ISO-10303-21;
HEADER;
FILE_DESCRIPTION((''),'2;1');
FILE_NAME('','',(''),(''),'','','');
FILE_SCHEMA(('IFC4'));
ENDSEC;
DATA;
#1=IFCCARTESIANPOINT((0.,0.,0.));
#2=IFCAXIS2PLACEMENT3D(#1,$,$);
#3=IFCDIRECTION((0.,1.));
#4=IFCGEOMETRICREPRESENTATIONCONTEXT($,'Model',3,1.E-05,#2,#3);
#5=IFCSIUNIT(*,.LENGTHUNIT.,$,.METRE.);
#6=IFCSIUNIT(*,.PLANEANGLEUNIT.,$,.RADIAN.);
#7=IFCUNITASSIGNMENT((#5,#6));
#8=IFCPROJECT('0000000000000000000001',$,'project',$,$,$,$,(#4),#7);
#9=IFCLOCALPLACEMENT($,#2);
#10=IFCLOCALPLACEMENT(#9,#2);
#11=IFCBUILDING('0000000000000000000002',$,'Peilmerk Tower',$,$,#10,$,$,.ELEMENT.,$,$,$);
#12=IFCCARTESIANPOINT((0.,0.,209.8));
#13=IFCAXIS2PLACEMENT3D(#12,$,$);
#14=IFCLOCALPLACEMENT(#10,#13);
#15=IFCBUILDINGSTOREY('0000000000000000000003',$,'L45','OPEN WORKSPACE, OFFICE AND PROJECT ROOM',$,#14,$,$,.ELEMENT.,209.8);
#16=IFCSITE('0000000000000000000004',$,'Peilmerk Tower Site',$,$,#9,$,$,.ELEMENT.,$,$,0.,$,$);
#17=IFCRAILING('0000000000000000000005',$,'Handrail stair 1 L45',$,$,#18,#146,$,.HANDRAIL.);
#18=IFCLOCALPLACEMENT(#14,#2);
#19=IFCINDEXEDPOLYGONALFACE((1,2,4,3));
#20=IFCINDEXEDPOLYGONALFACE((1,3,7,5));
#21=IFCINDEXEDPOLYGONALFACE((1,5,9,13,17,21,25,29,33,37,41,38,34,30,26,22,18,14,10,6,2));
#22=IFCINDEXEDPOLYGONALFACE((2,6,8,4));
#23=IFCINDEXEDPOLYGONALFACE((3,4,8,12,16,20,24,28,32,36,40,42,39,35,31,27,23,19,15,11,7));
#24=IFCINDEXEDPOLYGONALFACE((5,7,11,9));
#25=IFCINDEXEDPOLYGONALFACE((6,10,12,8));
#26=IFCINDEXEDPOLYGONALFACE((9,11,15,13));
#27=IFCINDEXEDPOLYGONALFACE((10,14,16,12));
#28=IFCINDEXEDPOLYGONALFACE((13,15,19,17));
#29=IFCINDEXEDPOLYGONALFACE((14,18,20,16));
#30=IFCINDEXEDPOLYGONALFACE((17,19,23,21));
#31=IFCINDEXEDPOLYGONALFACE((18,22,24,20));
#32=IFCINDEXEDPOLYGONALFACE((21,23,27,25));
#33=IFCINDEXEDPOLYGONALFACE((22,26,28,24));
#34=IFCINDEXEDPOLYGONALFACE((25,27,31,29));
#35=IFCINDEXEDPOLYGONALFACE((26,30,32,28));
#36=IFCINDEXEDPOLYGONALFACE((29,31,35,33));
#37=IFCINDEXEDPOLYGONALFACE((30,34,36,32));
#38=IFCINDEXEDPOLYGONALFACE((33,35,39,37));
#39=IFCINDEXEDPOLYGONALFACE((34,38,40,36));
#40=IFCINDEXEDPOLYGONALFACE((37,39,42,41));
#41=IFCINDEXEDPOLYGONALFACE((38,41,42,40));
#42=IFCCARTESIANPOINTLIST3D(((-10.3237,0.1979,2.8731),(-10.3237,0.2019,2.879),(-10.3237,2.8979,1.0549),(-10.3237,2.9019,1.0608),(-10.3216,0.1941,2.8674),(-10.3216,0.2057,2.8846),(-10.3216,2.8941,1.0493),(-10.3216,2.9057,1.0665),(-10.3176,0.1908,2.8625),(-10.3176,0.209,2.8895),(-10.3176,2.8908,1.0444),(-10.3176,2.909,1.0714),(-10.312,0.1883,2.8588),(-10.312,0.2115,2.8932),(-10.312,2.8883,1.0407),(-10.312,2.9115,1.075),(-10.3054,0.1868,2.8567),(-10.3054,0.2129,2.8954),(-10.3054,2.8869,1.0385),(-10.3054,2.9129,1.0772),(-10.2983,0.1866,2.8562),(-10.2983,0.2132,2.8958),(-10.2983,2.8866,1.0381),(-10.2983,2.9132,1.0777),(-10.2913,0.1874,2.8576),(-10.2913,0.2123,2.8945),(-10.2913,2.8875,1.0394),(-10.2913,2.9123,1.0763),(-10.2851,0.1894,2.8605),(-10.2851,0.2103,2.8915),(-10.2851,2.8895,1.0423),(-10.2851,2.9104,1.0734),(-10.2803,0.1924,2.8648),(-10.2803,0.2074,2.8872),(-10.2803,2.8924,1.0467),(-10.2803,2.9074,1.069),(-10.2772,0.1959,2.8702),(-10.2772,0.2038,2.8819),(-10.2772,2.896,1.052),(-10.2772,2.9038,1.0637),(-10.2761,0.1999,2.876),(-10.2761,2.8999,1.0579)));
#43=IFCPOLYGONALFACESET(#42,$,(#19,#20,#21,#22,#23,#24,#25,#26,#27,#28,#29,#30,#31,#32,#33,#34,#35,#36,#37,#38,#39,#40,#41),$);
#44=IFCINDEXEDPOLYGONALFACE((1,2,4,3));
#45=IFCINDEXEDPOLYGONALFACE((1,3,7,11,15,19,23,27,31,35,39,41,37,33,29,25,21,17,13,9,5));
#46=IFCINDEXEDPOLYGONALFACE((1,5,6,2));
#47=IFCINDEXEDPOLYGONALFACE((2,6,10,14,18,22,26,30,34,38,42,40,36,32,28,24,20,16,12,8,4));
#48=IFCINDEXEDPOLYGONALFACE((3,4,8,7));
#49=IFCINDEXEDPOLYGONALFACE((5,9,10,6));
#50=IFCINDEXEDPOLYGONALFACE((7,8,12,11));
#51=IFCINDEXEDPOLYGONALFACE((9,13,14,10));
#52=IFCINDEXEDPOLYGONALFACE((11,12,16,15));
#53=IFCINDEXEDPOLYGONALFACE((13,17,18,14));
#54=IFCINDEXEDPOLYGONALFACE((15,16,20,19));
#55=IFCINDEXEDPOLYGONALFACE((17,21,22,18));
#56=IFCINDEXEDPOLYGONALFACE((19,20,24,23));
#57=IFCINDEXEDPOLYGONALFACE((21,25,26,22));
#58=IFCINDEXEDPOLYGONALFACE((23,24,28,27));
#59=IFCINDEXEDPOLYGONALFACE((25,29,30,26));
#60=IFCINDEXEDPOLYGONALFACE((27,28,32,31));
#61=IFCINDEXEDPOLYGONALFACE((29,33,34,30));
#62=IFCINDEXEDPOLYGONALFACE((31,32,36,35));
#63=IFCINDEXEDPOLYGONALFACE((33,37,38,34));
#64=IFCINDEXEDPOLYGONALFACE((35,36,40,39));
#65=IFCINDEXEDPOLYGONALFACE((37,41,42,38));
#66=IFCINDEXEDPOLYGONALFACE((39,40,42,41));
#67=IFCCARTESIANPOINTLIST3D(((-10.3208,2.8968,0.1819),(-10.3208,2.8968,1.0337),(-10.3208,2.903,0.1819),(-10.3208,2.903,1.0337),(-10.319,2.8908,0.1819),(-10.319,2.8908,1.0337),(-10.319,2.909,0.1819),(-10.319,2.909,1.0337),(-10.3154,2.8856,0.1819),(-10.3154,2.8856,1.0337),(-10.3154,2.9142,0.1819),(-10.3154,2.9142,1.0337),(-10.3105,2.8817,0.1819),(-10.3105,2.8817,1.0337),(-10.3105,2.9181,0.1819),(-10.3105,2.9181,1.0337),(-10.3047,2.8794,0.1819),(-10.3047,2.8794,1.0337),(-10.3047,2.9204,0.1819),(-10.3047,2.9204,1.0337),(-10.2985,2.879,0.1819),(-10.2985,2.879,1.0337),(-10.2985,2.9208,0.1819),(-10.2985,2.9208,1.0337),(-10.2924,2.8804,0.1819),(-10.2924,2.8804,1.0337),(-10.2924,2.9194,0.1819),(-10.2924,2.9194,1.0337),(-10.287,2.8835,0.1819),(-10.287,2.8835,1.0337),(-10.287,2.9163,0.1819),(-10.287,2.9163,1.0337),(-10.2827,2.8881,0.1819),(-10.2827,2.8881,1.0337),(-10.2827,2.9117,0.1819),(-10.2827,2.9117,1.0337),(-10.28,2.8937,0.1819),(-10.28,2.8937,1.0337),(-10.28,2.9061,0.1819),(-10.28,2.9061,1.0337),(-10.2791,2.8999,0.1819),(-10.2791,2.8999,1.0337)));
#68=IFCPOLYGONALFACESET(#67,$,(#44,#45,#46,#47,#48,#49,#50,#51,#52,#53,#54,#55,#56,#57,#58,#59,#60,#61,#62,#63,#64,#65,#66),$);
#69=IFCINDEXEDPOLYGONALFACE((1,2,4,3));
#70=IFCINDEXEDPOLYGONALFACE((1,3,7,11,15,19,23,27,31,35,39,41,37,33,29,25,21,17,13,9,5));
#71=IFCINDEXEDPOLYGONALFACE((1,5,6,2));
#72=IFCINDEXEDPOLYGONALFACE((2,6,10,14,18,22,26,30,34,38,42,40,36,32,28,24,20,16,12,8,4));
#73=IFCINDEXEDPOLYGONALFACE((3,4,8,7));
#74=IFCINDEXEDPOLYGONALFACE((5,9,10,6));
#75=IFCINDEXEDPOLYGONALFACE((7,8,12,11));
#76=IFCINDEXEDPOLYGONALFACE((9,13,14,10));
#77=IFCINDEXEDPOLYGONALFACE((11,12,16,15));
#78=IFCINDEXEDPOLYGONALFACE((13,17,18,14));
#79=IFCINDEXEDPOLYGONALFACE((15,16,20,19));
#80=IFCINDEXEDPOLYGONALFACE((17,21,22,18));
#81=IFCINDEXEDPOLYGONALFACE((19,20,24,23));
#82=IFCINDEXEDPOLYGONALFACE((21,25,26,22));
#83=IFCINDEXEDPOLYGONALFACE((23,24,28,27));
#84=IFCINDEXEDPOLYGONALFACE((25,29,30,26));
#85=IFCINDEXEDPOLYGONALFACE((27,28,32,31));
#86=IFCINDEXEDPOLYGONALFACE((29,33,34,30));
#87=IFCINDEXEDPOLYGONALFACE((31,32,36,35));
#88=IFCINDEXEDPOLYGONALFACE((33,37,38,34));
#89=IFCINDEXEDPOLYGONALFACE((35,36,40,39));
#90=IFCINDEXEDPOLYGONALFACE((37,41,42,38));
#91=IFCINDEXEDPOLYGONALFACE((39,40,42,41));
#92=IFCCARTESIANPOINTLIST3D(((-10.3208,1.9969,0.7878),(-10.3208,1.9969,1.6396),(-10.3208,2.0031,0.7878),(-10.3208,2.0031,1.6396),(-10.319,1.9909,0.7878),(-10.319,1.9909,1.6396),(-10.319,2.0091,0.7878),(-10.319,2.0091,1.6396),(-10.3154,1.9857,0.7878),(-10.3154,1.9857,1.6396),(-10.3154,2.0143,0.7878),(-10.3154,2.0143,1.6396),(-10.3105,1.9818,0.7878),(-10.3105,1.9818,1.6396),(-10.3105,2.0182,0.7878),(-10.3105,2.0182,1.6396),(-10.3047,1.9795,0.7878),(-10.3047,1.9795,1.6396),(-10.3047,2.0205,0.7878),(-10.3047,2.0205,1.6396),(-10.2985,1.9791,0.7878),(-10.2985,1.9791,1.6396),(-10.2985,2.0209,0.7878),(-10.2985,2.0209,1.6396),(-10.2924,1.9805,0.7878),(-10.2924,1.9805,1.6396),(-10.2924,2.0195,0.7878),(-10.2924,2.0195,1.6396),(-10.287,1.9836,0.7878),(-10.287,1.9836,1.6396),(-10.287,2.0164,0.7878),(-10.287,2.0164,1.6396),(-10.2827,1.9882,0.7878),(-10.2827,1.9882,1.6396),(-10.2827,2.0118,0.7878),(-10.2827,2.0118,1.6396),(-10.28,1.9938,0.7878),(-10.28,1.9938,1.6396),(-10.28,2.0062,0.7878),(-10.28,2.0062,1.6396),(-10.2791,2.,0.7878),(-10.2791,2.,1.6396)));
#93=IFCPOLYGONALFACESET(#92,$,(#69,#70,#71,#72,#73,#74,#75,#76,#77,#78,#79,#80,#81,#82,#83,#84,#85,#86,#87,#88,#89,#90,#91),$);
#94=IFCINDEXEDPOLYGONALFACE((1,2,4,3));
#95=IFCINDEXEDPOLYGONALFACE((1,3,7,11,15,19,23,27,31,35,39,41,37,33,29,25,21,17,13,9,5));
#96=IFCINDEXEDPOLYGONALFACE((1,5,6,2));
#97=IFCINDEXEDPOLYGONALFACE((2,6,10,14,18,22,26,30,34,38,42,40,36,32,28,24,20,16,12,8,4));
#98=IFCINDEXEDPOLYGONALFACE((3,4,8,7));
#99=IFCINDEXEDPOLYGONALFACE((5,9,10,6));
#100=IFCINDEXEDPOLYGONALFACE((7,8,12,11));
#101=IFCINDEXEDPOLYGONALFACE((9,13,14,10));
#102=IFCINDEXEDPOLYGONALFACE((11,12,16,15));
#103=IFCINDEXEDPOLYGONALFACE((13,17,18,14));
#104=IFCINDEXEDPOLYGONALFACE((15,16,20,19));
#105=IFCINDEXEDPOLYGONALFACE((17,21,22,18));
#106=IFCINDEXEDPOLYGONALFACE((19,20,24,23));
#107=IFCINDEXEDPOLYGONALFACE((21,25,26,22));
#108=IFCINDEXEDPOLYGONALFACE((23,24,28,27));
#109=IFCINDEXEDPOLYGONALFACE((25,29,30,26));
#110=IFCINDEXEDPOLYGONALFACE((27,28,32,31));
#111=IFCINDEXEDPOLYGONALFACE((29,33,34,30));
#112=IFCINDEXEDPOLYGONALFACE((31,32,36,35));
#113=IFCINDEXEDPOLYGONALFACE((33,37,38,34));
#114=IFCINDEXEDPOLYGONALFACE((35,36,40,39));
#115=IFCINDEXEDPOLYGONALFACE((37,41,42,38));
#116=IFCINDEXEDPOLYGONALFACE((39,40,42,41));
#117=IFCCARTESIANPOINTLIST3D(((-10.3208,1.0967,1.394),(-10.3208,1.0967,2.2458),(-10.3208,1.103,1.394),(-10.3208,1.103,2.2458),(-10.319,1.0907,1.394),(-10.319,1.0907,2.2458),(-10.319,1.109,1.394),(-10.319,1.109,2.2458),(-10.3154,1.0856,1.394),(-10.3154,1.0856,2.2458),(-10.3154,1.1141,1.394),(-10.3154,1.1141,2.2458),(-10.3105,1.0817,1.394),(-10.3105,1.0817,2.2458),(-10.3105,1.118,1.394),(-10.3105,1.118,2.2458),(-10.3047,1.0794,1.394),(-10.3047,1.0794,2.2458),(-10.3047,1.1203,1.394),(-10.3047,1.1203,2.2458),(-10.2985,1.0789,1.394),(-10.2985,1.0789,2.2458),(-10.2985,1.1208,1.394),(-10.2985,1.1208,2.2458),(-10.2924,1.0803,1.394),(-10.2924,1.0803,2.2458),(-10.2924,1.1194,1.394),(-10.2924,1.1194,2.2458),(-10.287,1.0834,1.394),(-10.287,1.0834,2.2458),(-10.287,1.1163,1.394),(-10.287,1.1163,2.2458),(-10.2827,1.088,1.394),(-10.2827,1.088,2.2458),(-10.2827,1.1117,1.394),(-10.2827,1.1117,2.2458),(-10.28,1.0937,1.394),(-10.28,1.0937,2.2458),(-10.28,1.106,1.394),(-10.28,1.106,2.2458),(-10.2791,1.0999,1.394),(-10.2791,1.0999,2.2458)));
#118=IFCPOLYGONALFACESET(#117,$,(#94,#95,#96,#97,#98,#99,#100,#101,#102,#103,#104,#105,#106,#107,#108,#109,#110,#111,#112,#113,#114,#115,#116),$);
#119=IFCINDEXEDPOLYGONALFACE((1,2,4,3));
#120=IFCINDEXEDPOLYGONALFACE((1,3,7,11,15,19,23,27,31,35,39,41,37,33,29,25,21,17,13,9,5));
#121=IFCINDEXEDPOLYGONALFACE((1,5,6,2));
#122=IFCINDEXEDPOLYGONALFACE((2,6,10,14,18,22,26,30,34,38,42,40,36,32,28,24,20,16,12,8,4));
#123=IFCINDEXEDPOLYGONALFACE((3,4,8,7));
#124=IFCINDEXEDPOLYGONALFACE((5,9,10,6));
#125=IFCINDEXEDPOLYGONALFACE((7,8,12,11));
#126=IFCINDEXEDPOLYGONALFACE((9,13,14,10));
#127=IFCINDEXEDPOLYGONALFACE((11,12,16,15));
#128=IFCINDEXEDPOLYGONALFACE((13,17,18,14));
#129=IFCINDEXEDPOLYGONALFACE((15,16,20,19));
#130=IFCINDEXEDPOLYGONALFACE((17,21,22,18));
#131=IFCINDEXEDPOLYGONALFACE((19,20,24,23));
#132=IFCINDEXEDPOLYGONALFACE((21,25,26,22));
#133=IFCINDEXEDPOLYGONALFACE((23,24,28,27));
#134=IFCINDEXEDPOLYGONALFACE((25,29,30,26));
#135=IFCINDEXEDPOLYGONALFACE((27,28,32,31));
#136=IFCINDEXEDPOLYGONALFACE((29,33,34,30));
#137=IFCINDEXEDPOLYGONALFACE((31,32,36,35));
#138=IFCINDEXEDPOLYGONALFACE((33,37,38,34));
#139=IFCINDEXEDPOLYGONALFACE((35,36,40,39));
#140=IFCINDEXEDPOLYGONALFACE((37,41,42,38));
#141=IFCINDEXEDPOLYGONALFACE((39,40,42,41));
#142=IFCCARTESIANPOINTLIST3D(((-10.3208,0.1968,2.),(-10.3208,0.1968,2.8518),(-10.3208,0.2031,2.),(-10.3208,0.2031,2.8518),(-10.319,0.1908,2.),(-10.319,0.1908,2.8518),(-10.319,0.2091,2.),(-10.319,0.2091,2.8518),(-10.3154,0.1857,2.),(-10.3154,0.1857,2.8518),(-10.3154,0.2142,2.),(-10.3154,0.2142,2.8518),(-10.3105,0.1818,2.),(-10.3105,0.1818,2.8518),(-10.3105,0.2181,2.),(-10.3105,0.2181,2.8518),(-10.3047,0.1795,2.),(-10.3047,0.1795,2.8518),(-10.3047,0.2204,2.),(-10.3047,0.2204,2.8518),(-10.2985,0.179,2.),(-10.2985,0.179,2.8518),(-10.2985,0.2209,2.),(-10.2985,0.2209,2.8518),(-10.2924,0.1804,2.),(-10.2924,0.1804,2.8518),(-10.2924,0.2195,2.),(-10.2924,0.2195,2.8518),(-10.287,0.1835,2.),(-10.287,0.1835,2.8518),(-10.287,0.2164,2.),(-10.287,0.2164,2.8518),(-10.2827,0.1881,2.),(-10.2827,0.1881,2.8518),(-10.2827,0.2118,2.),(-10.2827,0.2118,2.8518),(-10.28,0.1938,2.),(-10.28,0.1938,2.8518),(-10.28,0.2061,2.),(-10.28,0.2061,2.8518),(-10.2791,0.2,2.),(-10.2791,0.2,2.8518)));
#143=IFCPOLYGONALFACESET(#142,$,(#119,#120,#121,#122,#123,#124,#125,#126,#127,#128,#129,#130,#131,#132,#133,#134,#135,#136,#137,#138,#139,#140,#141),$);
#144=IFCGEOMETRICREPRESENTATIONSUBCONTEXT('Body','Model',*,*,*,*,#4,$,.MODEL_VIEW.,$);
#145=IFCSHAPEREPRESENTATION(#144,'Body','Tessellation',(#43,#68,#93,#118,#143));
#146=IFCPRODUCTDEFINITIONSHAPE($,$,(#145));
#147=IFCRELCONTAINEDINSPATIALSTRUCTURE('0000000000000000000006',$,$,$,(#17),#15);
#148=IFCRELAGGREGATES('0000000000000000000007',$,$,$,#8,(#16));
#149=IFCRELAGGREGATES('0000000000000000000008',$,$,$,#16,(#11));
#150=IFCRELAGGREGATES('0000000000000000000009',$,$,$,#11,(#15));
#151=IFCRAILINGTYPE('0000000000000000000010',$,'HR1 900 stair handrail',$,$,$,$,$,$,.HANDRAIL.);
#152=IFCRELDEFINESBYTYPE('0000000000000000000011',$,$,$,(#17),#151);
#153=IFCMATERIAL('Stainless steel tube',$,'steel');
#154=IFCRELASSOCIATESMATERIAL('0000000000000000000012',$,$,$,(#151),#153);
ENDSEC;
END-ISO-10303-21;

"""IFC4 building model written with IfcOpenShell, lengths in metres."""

from ifc_helpers import new_model, si_unit, direction, frame, origin, origin_2d, place, context, subcontext, project, spatial, circle, extrude, material, type_object, element, save


model = new_model("IFC4")

# Units and contexts
model_context = context("Model", 3, precision=1e-05, world=origin(), true_north=direction((0.0, 1.0)))
body_context = subcontext(model_context, "Body", "Model", "MODEL_VIEW")
ifc_project = project(units=[si_unit("LENGTHUNIT", "METRE"), si_unit("PLANEANGLEUNIT", "RADIAN")], contexts=[model_context])

# Site, building, storey
site_placement = place(None, origin())
site = spatial("IfcSite", under=ifc_project, at=site_placement, Name="Peilmerk Tower Site", CompositionType="ELEMENT", RefElevation=0.0)
building_placement = place(site_placement, origin())
building = spatial("IfcBuilding", under=site, at=building_placement, Name="Peilmerk Tower", CompositionType="ELEMENT")
storey_placement = place(building_placement, frame((0.0, 0.0, 209.8)))
storey = spatial("IfcBuildingStorey", under=building, at=storey_placement, Name="L45", Description="OPEN WORKSPACE, OFFICE AND PROJECT ROOM", CompositionType="ELEMENT", Elevation=209.8)

# Railing
ifc_material_1 = material(Name="Stainless steel tube", Category="steel")
railing_type_1 = type_object("IfcRailingType", Name="HR1 900 stair handrail", PredefinedType="HANDRAIL", material=ifc_material_1)
railing_1_placement = place(storey_placement, frame((-10.3, 2.8999, 0.1819)))
element("IfcRailing", 1, at=railing_1_placement, inside=storey, type_object=railing_type_1, Name="Handrail stair 1 L45", PredefinedType="HANDRAIL", context=body_context, shape_type="SweptSolid", body=[
    extrude(circle(Radius=0.0239, at=origin_2d()), frame((0.0, 0.0, 0.876), z_axis=(0.0, -0.829468, 0.558554), x_axis=(1.0, 0.0, 0.0)), (0.0, 0.0, 1.0), 3.2551),
    extrude(circle(Radius=0.021, at=origin_2d()), origin(), (0.0, 0.0, 1.0), 0.8518),
    extrude(circle(Radius=0.021, at=origin_2d()), frame((0.0, -0.8999, 0.606)), (0.0, 0.0, 1.0), 0.8518),
    extrude(circle(Radius=0.021, at=origin_2d()), frame((0.0, -1.8, 1.2122)), (0.0, 0.0, 1.0), 0.8518),
    extrude(circle(Radius=0.021, at=origin_2d()), frame((0.0, -2.7, 1.8181)), (0.0, 0.0, 1.0), 0.8518),
])

save(model, "model.ifc")
